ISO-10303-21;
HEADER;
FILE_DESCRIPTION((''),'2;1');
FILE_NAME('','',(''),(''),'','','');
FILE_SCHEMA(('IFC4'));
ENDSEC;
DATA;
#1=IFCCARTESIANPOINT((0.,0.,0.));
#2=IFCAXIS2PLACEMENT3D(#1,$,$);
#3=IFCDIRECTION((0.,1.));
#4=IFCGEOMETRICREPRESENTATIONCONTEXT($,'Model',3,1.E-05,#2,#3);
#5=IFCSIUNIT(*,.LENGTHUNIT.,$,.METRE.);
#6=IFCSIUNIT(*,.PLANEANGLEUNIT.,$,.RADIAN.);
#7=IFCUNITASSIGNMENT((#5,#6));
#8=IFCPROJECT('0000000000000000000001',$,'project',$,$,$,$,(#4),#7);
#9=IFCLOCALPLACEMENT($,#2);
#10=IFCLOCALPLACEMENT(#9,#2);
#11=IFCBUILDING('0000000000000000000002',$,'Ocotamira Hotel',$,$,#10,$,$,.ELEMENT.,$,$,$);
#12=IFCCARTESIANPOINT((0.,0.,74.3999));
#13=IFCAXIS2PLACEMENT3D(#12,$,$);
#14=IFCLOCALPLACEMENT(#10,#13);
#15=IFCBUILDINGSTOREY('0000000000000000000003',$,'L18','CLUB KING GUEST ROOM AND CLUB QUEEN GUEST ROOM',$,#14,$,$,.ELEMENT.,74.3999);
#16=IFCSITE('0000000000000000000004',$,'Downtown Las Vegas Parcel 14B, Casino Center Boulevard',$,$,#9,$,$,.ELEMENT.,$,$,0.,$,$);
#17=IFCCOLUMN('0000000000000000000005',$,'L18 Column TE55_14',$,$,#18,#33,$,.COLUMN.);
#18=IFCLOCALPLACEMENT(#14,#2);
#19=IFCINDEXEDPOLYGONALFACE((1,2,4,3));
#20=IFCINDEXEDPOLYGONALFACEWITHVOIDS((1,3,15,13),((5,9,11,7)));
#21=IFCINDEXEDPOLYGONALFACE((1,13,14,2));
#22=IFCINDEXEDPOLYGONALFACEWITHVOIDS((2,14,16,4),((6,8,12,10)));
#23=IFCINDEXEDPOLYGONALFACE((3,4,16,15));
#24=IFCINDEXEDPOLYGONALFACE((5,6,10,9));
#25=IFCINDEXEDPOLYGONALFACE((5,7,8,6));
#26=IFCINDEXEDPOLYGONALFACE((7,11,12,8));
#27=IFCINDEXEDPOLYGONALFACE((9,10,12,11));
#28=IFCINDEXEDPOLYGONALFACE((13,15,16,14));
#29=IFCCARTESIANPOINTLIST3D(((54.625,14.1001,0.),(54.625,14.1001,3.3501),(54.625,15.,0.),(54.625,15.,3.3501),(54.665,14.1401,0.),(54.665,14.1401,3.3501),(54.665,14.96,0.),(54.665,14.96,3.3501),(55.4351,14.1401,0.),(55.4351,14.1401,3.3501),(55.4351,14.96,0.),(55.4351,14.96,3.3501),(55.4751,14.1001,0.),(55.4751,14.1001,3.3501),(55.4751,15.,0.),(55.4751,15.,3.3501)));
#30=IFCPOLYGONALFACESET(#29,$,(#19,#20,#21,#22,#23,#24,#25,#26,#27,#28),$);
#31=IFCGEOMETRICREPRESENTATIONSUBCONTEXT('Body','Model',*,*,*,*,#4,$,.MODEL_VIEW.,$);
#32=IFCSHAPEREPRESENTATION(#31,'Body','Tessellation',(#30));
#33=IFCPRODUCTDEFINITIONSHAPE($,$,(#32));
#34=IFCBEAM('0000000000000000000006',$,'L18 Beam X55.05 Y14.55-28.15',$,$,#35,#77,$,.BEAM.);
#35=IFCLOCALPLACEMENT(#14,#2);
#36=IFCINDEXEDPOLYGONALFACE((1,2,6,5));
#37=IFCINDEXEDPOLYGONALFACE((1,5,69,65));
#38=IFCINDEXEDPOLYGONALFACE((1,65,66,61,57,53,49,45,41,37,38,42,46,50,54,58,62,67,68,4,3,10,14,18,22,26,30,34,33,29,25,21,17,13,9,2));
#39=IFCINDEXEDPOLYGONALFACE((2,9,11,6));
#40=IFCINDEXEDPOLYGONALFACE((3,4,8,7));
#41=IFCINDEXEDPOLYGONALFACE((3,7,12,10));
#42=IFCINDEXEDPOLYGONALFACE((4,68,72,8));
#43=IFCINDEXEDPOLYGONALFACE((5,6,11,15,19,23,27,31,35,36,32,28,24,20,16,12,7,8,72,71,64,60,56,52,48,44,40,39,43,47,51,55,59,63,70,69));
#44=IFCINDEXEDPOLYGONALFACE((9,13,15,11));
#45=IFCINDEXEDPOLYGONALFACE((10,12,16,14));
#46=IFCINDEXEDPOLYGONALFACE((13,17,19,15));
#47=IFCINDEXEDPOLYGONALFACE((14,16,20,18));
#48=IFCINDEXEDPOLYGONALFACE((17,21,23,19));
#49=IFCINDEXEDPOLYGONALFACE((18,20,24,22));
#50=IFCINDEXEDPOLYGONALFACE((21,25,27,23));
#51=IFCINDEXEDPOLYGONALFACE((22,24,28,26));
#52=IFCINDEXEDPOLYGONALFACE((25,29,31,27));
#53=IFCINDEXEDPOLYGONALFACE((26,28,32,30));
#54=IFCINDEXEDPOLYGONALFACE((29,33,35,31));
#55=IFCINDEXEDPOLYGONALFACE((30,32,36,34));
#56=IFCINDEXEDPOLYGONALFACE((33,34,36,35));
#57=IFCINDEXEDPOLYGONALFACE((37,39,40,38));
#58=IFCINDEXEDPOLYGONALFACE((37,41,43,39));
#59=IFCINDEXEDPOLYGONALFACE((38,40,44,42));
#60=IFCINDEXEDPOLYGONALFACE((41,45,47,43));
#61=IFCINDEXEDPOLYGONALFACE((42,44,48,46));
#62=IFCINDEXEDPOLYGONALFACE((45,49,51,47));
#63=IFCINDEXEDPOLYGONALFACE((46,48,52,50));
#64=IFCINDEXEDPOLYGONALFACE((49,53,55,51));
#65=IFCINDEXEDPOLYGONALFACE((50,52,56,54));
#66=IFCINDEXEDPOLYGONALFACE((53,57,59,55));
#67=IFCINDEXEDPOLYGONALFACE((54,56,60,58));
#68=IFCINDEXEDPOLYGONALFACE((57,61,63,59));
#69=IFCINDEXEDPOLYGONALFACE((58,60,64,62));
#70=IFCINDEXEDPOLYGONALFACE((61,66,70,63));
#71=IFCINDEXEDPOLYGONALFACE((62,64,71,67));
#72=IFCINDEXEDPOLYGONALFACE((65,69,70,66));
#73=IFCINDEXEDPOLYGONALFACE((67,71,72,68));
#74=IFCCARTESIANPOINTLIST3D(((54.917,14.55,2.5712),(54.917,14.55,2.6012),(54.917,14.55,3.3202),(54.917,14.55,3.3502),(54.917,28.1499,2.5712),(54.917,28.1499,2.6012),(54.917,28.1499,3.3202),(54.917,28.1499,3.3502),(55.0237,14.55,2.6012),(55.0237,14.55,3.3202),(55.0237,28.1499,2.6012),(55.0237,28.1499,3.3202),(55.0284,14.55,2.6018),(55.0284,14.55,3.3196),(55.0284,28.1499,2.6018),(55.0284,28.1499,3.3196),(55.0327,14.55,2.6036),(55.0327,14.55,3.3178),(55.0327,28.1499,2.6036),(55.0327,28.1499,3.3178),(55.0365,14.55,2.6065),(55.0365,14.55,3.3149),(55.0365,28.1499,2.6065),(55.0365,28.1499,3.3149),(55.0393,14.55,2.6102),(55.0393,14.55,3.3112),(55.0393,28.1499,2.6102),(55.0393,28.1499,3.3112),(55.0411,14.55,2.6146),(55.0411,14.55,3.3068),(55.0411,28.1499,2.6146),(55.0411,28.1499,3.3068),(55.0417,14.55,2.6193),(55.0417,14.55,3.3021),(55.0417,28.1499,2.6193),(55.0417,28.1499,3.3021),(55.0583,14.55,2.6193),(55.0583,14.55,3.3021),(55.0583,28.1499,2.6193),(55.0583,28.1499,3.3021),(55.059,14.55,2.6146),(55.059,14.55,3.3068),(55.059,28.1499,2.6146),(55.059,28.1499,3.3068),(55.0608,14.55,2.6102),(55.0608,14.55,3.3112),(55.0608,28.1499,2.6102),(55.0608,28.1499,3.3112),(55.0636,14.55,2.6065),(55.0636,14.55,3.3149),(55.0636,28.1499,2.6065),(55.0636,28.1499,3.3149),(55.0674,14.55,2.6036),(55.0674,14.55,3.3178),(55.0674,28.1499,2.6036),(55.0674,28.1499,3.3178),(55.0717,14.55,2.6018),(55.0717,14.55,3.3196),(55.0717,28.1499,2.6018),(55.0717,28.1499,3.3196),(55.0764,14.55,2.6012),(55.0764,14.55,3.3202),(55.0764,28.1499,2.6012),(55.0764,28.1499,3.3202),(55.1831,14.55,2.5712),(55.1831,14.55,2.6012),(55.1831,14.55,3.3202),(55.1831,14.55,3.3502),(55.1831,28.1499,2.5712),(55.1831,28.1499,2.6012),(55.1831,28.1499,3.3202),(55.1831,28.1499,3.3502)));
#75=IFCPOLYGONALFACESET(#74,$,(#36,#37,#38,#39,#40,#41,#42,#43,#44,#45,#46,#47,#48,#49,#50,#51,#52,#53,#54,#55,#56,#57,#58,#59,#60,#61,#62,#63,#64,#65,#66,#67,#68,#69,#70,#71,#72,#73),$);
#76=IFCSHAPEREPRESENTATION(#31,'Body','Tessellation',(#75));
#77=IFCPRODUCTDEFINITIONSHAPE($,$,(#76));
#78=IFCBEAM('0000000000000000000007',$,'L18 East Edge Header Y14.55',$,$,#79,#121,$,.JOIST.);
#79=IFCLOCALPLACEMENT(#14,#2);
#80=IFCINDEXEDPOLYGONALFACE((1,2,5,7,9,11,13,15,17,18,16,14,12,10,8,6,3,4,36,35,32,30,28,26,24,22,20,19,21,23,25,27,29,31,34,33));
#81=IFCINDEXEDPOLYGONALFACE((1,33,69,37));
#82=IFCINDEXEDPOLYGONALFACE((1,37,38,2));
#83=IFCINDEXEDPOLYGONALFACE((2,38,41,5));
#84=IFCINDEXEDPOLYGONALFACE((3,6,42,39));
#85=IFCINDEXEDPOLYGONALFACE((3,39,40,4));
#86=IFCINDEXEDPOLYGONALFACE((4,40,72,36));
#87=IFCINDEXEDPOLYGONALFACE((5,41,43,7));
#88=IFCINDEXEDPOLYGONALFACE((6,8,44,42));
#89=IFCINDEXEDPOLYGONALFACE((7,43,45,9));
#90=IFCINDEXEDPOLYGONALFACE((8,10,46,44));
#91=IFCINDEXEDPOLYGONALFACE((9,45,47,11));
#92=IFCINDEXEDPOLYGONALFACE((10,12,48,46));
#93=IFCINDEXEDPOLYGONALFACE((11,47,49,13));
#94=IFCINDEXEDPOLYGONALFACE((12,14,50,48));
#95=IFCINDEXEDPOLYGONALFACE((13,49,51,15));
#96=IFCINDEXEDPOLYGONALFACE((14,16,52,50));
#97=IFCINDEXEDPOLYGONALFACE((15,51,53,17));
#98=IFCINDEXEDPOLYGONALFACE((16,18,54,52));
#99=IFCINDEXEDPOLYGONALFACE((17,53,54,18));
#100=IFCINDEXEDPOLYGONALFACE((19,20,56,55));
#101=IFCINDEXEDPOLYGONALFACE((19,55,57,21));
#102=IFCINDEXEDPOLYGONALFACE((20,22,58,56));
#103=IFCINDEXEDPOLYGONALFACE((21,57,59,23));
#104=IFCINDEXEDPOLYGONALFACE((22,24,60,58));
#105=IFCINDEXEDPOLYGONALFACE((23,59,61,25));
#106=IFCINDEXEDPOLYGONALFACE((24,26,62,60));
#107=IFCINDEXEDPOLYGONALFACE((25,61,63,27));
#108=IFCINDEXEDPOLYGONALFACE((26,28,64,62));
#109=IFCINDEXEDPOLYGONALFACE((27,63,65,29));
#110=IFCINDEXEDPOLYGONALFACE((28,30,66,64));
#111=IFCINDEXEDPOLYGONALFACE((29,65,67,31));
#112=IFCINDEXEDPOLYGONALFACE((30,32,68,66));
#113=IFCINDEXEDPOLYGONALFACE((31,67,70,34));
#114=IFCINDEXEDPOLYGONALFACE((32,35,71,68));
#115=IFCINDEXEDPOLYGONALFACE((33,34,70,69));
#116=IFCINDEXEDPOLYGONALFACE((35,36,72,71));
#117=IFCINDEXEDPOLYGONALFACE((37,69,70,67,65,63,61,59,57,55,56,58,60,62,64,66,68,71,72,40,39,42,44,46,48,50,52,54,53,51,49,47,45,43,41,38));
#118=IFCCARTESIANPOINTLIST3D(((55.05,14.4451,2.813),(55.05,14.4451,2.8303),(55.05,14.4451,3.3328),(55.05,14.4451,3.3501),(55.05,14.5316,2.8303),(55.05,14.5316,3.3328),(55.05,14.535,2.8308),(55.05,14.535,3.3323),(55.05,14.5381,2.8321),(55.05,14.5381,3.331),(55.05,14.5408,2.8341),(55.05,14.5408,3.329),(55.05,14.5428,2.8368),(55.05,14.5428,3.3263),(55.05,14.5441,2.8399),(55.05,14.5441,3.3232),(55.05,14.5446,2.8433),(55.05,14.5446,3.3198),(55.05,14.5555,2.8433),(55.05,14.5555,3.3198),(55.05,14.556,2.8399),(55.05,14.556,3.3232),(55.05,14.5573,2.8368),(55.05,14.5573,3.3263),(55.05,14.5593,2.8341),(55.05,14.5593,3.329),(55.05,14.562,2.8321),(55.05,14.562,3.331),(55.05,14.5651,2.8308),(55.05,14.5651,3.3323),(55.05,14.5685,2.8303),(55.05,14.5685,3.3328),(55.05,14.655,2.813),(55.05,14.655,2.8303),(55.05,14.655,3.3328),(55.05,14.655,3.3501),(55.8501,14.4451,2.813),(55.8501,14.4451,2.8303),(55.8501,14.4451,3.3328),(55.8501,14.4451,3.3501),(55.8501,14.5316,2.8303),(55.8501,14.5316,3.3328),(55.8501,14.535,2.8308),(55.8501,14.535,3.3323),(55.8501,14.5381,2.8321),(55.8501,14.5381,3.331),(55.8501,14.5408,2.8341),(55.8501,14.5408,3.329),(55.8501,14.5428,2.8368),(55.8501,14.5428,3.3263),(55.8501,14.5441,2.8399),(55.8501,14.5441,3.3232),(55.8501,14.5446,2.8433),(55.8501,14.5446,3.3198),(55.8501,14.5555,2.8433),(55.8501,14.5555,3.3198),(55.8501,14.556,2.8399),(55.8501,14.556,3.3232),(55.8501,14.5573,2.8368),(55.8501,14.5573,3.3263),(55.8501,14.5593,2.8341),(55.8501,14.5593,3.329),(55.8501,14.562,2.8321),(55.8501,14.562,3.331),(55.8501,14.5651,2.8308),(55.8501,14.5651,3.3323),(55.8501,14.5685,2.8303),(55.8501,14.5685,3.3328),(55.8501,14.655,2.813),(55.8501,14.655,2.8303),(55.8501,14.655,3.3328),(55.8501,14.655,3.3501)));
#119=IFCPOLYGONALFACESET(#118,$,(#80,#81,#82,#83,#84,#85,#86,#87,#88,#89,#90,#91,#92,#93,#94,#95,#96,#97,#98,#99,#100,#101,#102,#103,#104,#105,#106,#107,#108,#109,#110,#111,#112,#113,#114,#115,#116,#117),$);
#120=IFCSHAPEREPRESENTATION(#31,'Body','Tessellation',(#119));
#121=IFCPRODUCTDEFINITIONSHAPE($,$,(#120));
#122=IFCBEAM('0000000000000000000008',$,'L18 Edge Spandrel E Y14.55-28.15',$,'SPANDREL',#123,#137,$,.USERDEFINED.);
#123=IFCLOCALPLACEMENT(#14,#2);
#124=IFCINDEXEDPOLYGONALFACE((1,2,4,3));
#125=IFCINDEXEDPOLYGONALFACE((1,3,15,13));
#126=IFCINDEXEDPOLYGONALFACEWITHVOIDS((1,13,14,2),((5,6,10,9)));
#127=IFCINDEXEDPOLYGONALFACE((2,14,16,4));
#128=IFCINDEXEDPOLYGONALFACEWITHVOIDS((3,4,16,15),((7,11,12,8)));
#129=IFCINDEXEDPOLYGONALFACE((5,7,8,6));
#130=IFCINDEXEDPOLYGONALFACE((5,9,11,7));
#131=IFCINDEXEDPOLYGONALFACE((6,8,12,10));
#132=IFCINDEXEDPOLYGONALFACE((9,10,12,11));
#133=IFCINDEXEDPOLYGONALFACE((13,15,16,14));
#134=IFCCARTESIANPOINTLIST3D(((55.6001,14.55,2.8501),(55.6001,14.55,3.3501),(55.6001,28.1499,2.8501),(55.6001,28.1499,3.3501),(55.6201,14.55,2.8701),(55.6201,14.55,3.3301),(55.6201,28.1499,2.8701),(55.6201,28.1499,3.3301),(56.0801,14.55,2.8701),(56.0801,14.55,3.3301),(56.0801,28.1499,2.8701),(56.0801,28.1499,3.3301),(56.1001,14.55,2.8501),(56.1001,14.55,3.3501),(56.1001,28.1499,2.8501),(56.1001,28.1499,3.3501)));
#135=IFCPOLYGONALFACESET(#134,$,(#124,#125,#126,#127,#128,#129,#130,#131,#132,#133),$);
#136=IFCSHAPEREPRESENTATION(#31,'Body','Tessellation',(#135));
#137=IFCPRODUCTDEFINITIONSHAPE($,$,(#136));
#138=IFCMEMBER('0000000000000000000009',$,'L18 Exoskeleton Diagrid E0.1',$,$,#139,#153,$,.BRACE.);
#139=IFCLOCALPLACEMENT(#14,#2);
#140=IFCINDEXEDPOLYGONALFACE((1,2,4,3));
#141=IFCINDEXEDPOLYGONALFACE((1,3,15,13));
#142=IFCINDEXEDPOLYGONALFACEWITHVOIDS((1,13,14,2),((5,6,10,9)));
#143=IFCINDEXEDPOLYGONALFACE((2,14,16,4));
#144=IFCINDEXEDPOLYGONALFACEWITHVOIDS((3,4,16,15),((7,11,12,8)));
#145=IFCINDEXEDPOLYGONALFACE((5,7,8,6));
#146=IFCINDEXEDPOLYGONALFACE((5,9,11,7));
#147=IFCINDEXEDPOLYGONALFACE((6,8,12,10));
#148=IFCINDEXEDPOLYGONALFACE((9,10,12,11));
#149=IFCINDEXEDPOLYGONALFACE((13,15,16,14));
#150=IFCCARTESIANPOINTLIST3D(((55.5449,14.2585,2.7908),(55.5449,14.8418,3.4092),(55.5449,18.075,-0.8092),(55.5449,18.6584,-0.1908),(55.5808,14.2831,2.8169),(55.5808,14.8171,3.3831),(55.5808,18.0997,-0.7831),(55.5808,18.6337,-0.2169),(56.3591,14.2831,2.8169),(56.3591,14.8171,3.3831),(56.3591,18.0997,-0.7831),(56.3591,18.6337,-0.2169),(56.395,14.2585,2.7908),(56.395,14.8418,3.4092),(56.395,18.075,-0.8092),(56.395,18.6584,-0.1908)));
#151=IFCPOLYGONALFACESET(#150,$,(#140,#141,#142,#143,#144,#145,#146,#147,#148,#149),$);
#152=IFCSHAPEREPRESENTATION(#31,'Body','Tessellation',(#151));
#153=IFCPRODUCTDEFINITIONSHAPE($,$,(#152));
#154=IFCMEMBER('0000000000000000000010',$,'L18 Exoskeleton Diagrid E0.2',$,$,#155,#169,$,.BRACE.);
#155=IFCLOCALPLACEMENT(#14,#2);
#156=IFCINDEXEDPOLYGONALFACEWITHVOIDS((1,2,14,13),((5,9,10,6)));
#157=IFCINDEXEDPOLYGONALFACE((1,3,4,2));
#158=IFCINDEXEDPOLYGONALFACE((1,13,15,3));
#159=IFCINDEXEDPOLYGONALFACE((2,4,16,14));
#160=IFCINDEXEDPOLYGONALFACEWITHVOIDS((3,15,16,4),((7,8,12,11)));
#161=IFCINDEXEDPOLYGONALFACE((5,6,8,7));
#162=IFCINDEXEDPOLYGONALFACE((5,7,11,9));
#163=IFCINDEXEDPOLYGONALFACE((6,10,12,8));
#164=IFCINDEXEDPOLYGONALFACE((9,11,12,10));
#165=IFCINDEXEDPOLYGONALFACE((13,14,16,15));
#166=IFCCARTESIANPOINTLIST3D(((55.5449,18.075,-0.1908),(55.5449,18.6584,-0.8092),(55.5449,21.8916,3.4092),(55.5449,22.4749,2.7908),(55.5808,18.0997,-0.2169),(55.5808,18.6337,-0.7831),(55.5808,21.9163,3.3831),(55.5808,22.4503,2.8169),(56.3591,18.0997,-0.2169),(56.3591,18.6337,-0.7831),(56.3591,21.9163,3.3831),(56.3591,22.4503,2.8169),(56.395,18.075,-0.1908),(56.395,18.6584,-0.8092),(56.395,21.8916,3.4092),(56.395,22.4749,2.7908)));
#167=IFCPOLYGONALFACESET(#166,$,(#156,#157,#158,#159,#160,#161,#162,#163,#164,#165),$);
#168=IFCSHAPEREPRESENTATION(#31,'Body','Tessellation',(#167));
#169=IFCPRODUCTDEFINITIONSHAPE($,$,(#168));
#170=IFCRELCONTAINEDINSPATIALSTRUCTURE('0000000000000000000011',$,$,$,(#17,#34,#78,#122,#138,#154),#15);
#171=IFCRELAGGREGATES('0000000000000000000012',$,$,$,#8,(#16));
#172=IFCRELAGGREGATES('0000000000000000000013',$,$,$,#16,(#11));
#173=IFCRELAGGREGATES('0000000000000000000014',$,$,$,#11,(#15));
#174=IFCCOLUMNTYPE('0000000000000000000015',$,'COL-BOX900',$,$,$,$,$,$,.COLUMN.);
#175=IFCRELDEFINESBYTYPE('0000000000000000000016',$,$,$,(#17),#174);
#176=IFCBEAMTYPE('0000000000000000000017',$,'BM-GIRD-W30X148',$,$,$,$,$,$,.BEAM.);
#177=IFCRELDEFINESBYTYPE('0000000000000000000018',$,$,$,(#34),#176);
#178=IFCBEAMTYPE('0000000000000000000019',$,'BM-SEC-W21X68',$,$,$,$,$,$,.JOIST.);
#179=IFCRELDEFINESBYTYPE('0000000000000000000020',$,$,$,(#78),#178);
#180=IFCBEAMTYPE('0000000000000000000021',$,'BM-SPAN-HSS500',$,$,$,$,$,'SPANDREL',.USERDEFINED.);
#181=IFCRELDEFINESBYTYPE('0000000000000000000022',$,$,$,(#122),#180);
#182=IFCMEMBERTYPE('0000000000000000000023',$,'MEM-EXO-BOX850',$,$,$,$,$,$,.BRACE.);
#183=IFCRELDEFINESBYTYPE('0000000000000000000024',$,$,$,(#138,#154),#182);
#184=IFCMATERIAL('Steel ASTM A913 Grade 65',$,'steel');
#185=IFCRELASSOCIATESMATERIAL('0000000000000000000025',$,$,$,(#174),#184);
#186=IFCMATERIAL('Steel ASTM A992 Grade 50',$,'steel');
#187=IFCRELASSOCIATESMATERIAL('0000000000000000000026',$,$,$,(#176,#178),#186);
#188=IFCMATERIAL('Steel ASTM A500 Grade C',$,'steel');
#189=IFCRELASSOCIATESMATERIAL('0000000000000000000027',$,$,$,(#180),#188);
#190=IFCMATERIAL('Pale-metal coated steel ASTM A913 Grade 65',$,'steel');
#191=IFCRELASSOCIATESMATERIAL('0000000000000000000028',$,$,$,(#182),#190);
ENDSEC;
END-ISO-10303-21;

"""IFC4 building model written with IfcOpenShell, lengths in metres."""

from ifc_helpers import new_model, si_unit, direction, frame, origin, origin_2d, place, context, subcontext, project, spatial, hollow_rectangle, i_section, extrude, source, transform, mapped, material, material_profile, profile_set, type_object, element, save


model = new_model("IFC4")

# Units and contexts
model_context = context("Model", 3, precision=1e-05, world=origin(), true_north=direction((0.0, 1.0)))
body_context = subcontext(model_context, "Body", "Model", "MODEL_VIEW")
ifc_project = project(units=[si_unit("LENGTHUNIT", "METRE"), si_unit("PLANEANGLEUNIT", "RADIAN")], contexts=[model_context])

# Site, building, storey
site_placement = place(None, origin())
site = spatial("IfcSite", under=ifc_project, at=site_placement, Name="Downtown Las Vegas Parcel 14B, Casino Center Boulevard", CompositionType="ELEMENT", RefElevation=0.0)
building_placement = place(site_placement, origin())
building = spatial("IfcBuilding", under=site, at=building_placement, Name="Ocotamira Hotel", CompositionType="ELEMENT")
storey_placement = place(building_placement, frame((0.0, 0.0, 74.3999)))
storey = spatial("IfcBuildingStorey", under=building, at=storey_placement, Name="L18", Description="CLUB KING GUEST ROOM AND CLUB QUEEN GUEST ROOM", CompositionType="ELEMENT", Elevation=74.3999)

# Column
ifc_material_1 = material(Name="Steel ASTM A913 Grade 65", Category="steel")
ifc_material_profile_1 = material_profile(ifc_material_1, hollow_rectangle(XDim=0.8501, YDim=0.8999, WallThickness=0.04, at=origin_2d()), Name="BOX900X850X40")
ifc_profile_set_1 = profile_set([ifc_material_profile_1], Name="Steel ASTM A913 Grade 65")
column_type = type_object("IfcColumnType", Name="COL-BOX900", PredefinedType="COLUMN", material=ifc_profile_set_1)
shared_shape_1 = source(origin(), body_context, "Body", "SweptSolid", [
    extrude(hollow_rectangle(XDim=0.8501, YDim=0.8999, WallThickness=0.04, at=origin_2d()), origin(), (0.0, 0.0, 1.0), 3.3501),
])
column_placement = place(storey_placement, frame((55.05, 14.55, 0.0), z_axis=(0.0, 0.0, 1.0), x_axis=(1.0, 0.0, 0.0)))
element("IfcColumn", 1, at=column_placement, inside=storey, type_object=column_type, Name="L18 Column TE55_14", PredefinedType="COLUMN", context=body_context, shape_type="MappedRepresentation", body=[
    mapped(shared_shape_1, transform((0.0, 0.0, 0.0), scale=1.0)),
])

# Beams
ifc_material_2 = material(Name="Steel ASTM A992 Grade 50", Category="steel")
ifc_material_profile_2 = material_profile(ifc_material_2, i_section(OverallWidth=0.2661, OverallDepth=0.7791, WebThickness=0.0166, FlangeThickness=0.03, FilletRadius=0.0181, at=origin_2d()), Name="W30X148")
ifc_profile_set_2 = profile_set([ifc_material_profile_2], Name="Steel ASTM A992 Grade 50")
beam_type_1 = type_object("IfcBeamType", Name="BM-GIRD-W30X148", PredefinedType="BEAM", material=ifc_profile_set_2)
shared_shape_2 = source(origin(), body_context, "Body", "SweptSolid", [
    extrude(i_section(OverallWidth=0.2661, OverallDepth=0.7791, WebThickness=0.0166, FlangeThickness=0.03, FilletRadius=0.0181, at=origin_2d()), origin(), (0.0, 0.0, 1.0), 13.5999),
])
beam_1_placement = place(storey_placement, frame((55.05, 14.55, 2.9607), z_axis=(0.0, 1.0, 0.0), x_axis=(-1.0, 0.0, 0.0)))
element("IfcBeam", 2, at=beam_1_placement, inside=storey, type_object=beam_type_1, Name="L18 Beam X55.05 Y14.55-28.15", PredefinedType="BEAM", context=body_context, shape_type="MappedRepresentation", body=[
    mapped(shared_shape_2, transform((0.0, 0.0, 0.0), scale=1.0)),
])
ifc_material_profile_3 = material_profile(ifc_material_2, i_section(OverallWidth=0.21, OverallDepth=0.5371, WebThickness=0.011, FlangeThickness=0.0173, FilletRadius=0.0129, at=origin_2d()), Name="W21X68")
ifc_profile_set_3 = profile_set([ifc_material_profile_3], Name="Steel ASTM A992 Grade 50")
beam_type_2 = type_object("IfcBeamType", Name="BM-SEC-W21X68", PredefinedType="JOIST", material=ifc_profile_set_3)
shared_shape_3 = source(origin(), body_context, "Body", "SweptSolid", [
    extrude(i_section(OverallWidth=0.21, OverallDepth=0.5371, WebThickness=0.011, FlangeThickness=0.0173, FilletRadius=0.0129, at=origin_2d()), origin(), (0.0, 0.0, 1.0), 0.8),
])
beam_2_placement = place(storey_placement, frame((55.05, 14.55, 3.0815), z_axis=(1.0, 0.0, 0.0), x_axis=(0.0, 1.0, 0.0)))
element("IfcBeam", 3, at=beam_2_placement, inside=storey, type_object=beam_type_2, Name="L18 East Edge Header Y14.55", PredefinedType="JOIST", context=body_context, shape_type="MappedRepresentation", body=[
    mapped(shared_shape_3, transform((0.0, 0.0, 0.0), scale=1.0)),
])
ifc_material_3 = material(Name="Steel ASTM A500 Grade C", Category="steel")
ifc_material_profile_4 = material_profile(ifc_material_3, hollow_rectangle(XDim=0.5, YDim=0.5, WallThickness=0.02, at=origin_2d()), Name="HSS500X500X20")
ifc_profile_set_4 = profile_set([ifc_material_profile_4], Name="Steel ASTM A500 Grade C")
beam_type_3 = type_object("IfcBeamType", Name="BM-SPAN-HSS500", ElementType="SPANDREL", PredefinedType="USERDEFINED", material=ifc_profile_set_4)
shared_shape_4 = source(origin(), body_context, "Body", "SweptSolid", [
    extrude(hollow_rectangle(XDim=0.5, YDim=0.5, WallThickness=0.02, at=origin_2d()), origin(), (0.0, 0.0, 1.0), 13.5999),
])
beam_3_placement = place(storey_placement, frame((55.8501, 14.55, 3.1001), z_axis=(0.0, 1.0, 0.0), x_axis=(-1.0, 0.0, 0.0)))
element("IfcBeam", 4, at=beam_3_placement, inside=storey, type_object=beam_type_3, Name="L18 Edge Spandrel E Y14.55-28.15", ObjectType="SPANDREL", PredefinedType="USERDEFINED", context=body_context, shape_type="MappedRepresentation", body=[
    mapped(shared_shape_4, transform((0.0, 0.0, 0.0), scale=1.0)),
])

# Members
ifc_material_4 = material(Name="Pale-metal coated steel ASTM A913 Grade 65", Category="steel")
ifc_material_profile_5 = material_profile(ifc_material_4, hollow_rectangle(XDim=0.8501, YDim=0.8501, WallThickness=0.0359, at=origin_2d()), Name="BOX850X850X36")
ifc_profile_set_5 = profile_set([ifc_material_profile_5], Name="Pale-metal coated steel ASTM A913 Grade 65")
member_type_1 = type_object("IfcMemberType", Name="MEM-EXO-BOX850", PredefinedType="BRACE", material=ifc_profile_set_5)
shared_shape_5 = source(origin(), body_context, "Body", "SweptSolid", [
    extrude(hollow_rectangle(XDim=0.8501, YDim=0.8501, WallThickness=0.0359, at=origin_2d()), origin(), (0.0, 0.0, 1.0), 5.2466),
])
for number, where, z_axis, x_axis, name in (
    (5, (55.97, 18.3667, -0.5), (0.0, -0.727443, 0.686168), (1.0, 0.0, 0.0), "L18 Exoskeleton Diagrid E0.1"),
    (6, (55.97, 18.3667, -0.5), (0.0, 0.727443, 0.686168), (-1.0, 0.0, 0.0), "L18 Exoskeleton Diagrid E0.2"),
):
    element("IfcMember", number, at=place(storey_placement, frame(where, z_axis=z_axis, x_axis=x_axis)), inside=storey, type_object=member_type_1, Name=name, PredefinedType="BRACE", context=body_context, shape_type="MappedRepresentation", body=[
        mapped(shared_shape_5, transform((0.0, 0.0, 0.0), scale=1.0)),
    ])

save(model, "model.ifc")
